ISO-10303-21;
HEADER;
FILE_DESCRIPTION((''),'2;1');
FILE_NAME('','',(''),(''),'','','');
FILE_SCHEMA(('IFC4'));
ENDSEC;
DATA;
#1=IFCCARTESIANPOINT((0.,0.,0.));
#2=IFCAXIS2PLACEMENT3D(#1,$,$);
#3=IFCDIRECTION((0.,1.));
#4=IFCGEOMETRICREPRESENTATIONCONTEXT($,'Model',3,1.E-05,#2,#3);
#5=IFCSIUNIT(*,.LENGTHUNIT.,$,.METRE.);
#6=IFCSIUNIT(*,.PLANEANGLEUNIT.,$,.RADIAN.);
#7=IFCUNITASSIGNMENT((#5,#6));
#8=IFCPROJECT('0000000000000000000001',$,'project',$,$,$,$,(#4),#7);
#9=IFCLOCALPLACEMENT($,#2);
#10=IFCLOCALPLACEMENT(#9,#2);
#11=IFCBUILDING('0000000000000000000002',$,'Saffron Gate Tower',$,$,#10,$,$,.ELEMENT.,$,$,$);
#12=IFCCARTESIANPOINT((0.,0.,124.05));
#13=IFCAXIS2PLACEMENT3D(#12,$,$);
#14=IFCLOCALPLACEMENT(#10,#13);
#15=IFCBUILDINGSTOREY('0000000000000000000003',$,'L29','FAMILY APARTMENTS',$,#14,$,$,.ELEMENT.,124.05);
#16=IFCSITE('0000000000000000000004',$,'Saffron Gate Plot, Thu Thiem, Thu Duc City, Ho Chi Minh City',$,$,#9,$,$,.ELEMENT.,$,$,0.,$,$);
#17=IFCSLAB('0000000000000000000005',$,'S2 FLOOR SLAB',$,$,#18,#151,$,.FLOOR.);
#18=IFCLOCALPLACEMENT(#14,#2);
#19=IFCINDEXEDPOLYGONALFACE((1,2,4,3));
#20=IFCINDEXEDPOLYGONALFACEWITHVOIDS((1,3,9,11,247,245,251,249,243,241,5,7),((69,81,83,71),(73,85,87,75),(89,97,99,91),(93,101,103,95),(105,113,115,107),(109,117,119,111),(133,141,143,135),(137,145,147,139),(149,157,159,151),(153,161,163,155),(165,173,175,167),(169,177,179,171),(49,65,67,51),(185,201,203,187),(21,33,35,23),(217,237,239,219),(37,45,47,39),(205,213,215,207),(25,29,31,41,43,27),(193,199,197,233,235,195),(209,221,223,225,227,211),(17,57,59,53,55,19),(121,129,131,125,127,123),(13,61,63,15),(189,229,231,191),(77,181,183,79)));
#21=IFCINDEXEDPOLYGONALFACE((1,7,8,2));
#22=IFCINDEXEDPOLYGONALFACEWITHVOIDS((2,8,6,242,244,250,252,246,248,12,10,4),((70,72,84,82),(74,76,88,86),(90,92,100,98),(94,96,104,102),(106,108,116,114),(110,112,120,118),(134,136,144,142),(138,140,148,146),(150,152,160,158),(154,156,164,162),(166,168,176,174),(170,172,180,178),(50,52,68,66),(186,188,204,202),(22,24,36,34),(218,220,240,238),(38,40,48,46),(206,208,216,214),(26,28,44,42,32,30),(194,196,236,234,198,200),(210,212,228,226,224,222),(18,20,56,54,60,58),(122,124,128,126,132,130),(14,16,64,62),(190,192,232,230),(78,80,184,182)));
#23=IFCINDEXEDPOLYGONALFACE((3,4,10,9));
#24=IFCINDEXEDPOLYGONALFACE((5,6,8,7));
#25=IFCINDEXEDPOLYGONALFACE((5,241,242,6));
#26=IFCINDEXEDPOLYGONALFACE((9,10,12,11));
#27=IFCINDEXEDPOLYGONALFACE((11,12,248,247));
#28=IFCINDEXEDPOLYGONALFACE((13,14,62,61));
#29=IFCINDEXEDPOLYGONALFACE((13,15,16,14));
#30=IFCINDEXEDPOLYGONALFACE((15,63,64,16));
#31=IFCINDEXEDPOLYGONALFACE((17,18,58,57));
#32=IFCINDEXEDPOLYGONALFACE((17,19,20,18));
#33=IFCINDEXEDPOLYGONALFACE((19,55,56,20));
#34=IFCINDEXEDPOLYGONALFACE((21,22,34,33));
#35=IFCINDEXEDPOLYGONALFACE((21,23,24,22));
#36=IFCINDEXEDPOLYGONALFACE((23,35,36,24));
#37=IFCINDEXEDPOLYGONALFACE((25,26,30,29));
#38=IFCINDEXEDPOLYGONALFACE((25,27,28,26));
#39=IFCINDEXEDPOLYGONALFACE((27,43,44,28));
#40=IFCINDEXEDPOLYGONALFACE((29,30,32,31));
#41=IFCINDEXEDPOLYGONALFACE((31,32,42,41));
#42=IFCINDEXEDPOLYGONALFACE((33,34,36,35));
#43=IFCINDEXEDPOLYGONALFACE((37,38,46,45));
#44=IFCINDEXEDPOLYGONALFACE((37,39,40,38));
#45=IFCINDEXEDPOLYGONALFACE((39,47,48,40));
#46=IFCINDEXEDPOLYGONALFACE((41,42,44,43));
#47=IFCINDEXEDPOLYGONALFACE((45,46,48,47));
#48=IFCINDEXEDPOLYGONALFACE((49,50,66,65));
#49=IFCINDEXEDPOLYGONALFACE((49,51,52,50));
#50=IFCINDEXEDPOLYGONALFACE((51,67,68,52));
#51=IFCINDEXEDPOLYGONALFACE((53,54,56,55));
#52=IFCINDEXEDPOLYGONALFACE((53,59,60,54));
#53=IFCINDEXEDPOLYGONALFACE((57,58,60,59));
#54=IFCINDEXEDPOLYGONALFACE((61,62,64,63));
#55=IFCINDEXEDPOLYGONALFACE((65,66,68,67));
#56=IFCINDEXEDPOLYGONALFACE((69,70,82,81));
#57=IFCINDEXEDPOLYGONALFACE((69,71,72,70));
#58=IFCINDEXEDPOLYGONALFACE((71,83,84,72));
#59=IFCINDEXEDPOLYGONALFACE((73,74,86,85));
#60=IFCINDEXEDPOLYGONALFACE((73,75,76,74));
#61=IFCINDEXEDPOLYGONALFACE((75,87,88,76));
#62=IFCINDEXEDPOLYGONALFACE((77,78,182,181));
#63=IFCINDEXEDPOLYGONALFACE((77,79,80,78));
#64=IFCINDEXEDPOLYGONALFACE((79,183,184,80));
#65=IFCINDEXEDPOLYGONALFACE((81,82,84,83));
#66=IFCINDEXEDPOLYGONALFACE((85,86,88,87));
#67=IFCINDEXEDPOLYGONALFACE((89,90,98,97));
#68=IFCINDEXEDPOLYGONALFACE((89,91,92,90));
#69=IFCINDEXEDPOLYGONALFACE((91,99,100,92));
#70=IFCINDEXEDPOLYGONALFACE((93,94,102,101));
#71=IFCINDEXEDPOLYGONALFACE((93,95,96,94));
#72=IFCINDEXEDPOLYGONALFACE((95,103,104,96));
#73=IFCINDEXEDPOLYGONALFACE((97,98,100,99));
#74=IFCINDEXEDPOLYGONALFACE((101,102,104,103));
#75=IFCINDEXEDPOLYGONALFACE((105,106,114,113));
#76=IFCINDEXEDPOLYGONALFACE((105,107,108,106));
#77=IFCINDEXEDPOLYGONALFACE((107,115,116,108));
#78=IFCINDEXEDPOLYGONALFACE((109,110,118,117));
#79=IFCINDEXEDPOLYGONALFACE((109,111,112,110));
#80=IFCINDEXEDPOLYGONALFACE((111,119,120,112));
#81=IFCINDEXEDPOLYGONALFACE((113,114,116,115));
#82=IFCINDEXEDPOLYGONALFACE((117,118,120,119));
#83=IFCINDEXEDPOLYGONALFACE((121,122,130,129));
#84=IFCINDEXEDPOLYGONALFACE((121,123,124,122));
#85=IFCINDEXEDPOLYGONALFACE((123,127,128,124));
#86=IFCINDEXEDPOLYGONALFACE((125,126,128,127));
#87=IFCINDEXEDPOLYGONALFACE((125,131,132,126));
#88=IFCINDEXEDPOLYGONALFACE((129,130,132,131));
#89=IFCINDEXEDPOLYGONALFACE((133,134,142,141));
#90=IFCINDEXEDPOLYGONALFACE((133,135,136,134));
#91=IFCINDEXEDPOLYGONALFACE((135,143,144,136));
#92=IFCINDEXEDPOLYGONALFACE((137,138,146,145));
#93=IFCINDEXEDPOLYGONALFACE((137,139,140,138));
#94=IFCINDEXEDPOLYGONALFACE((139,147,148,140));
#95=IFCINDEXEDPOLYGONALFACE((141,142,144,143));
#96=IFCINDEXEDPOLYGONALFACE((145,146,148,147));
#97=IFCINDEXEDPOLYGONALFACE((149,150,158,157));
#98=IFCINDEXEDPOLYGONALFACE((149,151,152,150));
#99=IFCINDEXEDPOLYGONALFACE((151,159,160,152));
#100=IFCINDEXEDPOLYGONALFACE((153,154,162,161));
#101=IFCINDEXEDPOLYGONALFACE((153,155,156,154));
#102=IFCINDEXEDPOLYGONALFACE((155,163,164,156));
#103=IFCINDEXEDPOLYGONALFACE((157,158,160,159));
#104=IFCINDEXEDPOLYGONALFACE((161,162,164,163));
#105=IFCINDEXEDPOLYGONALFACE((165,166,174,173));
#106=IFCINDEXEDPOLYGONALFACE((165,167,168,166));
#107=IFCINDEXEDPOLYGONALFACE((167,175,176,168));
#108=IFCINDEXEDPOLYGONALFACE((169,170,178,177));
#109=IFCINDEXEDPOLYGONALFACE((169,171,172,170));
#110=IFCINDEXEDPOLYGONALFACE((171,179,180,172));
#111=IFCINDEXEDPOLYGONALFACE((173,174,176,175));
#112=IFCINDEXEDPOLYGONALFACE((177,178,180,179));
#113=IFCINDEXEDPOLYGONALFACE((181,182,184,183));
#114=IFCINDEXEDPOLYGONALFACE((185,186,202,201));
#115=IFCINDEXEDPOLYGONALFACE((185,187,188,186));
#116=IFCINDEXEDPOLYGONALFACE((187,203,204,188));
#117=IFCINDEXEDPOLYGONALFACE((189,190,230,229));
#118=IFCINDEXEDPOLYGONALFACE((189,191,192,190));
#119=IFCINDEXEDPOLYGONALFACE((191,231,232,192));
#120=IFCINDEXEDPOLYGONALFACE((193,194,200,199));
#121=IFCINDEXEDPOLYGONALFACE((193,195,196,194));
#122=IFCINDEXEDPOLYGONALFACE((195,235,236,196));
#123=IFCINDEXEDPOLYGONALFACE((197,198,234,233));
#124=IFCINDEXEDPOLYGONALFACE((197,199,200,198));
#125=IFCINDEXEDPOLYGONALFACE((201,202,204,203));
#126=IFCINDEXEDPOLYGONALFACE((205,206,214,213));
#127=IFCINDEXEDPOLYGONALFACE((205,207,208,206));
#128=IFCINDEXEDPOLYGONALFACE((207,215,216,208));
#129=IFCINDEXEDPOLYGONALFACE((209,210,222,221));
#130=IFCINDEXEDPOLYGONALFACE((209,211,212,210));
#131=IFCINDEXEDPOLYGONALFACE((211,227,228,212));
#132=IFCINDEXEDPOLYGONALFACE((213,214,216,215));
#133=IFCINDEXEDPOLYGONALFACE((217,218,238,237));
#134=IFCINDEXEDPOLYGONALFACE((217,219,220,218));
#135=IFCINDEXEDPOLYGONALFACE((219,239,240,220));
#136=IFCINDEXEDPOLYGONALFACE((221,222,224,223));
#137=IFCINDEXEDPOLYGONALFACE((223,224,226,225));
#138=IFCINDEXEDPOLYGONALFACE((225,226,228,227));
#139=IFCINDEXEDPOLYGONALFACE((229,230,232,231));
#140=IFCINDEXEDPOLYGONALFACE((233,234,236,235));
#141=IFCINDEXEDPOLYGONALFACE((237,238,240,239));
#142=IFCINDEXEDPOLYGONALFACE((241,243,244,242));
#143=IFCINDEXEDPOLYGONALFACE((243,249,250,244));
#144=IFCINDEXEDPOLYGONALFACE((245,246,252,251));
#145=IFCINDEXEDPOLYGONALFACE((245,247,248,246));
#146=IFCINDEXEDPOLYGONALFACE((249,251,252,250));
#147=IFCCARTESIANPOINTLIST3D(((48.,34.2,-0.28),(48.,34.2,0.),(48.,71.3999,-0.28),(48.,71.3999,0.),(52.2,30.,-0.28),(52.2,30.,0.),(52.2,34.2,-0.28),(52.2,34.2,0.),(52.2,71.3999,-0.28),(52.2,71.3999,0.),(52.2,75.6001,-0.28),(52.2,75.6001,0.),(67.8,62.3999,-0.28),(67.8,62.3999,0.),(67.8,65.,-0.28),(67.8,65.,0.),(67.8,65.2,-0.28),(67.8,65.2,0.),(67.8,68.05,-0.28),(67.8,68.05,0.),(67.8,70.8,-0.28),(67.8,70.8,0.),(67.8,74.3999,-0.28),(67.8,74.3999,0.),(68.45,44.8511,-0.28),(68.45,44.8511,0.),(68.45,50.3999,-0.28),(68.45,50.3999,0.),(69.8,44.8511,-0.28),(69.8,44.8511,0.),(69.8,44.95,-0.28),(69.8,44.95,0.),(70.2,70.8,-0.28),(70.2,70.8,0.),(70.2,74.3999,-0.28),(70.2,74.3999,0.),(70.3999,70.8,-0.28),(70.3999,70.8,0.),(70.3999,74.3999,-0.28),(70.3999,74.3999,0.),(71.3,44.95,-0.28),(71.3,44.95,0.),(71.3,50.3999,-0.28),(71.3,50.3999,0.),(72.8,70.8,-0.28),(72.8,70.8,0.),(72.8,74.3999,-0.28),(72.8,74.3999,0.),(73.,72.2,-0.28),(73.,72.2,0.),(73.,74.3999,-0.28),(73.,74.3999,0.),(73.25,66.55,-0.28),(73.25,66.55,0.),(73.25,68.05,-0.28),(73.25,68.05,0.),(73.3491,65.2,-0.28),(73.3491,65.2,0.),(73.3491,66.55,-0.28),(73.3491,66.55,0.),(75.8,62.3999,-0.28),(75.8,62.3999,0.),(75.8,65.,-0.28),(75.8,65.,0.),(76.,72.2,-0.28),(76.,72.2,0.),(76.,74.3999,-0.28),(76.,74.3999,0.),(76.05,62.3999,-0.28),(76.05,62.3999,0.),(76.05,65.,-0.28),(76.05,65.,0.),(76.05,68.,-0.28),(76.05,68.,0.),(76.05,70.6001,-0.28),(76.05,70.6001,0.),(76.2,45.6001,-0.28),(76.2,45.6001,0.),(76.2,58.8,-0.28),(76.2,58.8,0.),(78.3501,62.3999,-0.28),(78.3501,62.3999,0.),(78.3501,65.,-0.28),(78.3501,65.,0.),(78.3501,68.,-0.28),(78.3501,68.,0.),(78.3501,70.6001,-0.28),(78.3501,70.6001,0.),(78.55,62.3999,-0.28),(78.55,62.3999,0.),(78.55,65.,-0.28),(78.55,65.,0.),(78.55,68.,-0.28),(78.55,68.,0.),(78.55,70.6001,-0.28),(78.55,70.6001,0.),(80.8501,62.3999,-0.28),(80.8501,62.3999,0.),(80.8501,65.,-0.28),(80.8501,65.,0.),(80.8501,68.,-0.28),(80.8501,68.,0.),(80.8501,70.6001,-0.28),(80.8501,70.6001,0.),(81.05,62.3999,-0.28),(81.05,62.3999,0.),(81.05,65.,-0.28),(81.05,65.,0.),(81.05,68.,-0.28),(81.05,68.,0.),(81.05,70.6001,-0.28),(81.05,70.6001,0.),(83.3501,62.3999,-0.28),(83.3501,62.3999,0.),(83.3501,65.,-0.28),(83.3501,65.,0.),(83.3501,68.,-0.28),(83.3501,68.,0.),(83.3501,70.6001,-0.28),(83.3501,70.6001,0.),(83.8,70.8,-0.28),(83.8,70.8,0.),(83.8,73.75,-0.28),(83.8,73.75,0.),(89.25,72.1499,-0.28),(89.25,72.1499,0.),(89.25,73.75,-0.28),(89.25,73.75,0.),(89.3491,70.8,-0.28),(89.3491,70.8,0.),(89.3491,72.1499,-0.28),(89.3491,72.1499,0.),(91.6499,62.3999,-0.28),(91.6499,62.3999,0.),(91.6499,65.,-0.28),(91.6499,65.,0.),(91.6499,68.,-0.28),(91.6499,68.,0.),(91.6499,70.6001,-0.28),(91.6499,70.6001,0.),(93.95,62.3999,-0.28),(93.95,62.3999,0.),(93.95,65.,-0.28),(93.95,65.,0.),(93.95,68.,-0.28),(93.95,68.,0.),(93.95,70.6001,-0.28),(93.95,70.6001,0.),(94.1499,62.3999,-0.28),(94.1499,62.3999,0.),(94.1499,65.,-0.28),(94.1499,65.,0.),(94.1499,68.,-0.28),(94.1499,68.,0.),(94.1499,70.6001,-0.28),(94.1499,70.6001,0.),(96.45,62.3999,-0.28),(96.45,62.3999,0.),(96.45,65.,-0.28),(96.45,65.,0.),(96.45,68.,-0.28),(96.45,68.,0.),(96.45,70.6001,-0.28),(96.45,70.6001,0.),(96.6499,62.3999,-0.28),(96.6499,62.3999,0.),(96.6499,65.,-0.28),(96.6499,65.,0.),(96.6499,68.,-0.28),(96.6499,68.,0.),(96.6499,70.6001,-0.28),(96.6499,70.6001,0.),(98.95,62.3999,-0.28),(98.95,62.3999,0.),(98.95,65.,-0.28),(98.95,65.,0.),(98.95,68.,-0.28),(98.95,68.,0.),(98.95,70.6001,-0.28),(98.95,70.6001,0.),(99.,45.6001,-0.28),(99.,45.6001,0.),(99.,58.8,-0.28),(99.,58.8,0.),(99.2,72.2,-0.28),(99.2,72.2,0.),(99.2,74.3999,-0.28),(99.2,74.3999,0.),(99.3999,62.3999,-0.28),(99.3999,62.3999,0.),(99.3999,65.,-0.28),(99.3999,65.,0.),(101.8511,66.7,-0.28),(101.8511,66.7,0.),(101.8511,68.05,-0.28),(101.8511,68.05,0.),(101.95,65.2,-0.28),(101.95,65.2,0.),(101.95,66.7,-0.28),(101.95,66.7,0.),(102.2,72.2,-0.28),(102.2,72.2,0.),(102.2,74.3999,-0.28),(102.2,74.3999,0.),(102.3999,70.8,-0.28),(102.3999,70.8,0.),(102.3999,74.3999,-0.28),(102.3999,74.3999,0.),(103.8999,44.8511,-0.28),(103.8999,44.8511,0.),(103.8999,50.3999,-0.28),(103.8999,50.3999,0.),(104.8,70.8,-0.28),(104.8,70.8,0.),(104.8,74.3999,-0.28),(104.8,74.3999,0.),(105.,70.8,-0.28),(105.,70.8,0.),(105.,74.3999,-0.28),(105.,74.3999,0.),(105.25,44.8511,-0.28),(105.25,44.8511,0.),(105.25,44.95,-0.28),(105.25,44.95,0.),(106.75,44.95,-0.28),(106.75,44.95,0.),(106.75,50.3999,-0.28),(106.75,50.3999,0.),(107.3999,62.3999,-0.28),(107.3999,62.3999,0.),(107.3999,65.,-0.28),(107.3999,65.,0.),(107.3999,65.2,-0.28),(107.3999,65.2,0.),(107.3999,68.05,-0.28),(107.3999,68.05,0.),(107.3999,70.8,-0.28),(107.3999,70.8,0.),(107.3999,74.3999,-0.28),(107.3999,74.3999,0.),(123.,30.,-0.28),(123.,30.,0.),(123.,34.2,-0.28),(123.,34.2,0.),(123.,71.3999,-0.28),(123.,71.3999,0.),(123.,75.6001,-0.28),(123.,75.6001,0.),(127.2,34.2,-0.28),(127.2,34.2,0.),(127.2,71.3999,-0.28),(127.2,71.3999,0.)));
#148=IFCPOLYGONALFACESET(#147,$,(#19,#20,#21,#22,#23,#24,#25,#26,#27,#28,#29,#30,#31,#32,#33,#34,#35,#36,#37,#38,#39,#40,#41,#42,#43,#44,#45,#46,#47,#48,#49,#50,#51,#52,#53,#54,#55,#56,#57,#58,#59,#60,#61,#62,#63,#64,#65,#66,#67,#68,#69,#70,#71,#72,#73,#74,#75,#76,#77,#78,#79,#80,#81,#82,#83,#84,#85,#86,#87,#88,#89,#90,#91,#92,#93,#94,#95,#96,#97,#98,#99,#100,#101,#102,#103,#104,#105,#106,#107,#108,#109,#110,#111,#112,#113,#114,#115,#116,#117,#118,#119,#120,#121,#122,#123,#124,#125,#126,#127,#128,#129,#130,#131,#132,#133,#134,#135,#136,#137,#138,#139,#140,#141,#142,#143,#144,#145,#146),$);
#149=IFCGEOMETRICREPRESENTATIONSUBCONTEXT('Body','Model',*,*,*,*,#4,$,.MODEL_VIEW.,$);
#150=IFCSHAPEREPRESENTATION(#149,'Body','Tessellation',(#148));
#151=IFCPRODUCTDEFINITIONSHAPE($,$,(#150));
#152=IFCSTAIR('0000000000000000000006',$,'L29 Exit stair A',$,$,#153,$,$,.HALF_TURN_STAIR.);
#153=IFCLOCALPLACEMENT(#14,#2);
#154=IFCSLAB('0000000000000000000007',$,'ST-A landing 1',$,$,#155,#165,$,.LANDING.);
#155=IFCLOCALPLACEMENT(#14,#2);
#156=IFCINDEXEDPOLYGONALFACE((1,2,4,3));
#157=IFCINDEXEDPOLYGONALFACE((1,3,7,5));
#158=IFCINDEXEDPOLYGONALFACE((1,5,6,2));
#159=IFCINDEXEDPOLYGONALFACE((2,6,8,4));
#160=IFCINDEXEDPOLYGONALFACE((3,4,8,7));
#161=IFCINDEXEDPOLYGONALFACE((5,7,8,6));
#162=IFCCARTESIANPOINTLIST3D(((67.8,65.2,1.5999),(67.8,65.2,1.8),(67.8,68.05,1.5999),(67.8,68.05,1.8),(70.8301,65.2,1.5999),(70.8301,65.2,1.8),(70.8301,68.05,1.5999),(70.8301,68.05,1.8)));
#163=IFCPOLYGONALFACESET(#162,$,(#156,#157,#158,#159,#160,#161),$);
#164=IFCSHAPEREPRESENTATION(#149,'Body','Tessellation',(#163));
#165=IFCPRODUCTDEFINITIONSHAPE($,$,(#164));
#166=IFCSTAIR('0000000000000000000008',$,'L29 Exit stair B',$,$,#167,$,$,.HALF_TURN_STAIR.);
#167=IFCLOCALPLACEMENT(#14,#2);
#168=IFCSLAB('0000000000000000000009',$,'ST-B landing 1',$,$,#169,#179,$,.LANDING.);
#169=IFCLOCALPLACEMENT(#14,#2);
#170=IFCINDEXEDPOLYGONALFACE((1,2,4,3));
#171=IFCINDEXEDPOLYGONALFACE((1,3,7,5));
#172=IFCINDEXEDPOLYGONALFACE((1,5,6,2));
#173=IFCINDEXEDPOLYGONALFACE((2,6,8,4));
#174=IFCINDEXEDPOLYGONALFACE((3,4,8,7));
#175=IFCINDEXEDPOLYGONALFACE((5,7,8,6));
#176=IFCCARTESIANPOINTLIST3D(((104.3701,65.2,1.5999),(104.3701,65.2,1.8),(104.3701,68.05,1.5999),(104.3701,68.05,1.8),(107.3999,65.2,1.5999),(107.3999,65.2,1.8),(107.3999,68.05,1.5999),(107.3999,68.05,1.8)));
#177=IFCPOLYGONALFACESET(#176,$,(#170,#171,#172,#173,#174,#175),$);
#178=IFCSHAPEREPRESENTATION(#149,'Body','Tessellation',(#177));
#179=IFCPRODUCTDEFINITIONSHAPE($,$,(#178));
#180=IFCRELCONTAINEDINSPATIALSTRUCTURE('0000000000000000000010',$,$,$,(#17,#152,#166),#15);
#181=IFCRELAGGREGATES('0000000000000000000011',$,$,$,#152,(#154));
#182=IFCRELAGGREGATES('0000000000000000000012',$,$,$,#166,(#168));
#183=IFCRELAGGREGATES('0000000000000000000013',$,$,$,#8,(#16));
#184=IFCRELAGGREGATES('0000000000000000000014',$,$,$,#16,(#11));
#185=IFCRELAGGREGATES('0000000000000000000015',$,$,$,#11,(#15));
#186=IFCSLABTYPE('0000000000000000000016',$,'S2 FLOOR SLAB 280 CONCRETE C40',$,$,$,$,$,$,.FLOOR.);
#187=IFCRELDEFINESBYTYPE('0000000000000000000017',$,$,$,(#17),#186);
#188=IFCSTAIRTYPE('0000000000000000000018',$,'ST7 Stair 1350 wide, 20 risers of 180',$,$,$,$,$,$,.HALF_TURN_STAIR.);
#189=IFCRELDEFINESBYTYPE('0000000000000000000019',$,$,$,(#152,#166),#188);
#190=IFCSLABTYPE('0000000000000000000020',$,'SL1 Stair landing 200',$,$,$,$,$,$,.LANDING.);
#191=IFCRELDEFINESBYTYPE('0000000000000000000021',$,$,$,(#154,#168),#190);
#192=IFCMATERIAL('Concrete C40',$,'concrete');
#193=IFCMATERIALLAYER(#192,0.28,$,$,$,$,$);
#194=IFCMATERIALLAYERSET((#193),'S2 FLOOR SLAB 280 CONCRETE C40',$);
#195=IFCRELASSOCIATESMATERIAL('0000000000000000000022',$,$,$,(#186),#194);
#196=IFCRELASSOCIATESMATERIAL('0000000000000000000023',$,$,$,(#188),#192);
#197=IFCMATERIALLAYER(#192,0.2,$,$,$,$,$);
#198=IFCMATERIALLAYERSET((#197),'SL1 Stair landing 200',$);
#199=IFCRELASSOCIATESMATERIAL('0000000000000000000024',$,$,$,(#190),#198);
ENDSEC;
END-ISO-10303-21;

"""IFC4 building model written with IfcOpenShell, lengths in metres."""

from ifc_helpers import new_model, si_unit, direction, frame, origin, place, context, subcontext, project, spatial, polyline, outline, extrude, material, layer, layer_set, type_object, element, aggregate, save


model = new_model("IFC4")

# Units and contexts
model_context = context("Model", 3, precision=1e-05, world=origin(), true_north=direction((0.0, 1.0)))
body_context = subcontext(model_context, "Body", "Model", "MODEL_VIEW")
ifc_project = project(units=[si_unit("LENGTHUNIT", "METRE"), si_unit("PLANEANGLEUNIT", "RADIAN")], contexts=[model_context])

# Site, building, storey
site_placement = place(None, origin())
site = spatial("IfcSite", under=ifc_project, at=site_placement, Name="Saffron Gate Plot, Thu Thiem, Thu Duc City, Ho Chi Minh City", CompositionType="ELEMENT", RefElevation=0.0)
building_placement = place(site_placement, origin())
building = spatial("IfcBuilding", under=site, at=building_placement, Name="Saffron Gate Tower", CompositionType="ELEMENT")
storey_placement = place(building_placement, frame((0.0, 0.0, 124.05)))
storey = spatial("IfcBuildingStorey", under=building, at=storey_placement, Name="L29", Description="FAMILY APARTMENTS", CompositionType="ELEMENT", Elevation=124.05)

# Slab
ifc_material_1 = material(Name="Concrete C40", Category="concrete")
ifc_layer_1 = layer(ifc_material_1, 0.28)
ifc_layer_set_1 = layer_set([ifc_layer_1], Name="S2 FLOOR SLAB 280 CONCRETE C40")
slab_type_1 = type_object("IfcSlabType", Name="S2 FLOOR SLAB 280 CONCRETE C40", PredefinedType="FLOOR", material=ifc_layer_set_1)
slab_1_placement = place(storey_placement, frame((0.0, 0.0, -0.28)))
element("IfcSlab", 1, at=slab_1_placement, inside=storey, type_object=slab_type_1, Name="S2 FLOOR SLAB", PredefinedType="FLOOR", context=body_context, shape_type="SweptSolid", body=[
    extrude(outline(polyline([(48.0, 34.2), (52.2, 34.2), (52.2, 30.0), (123.0, 30.0), (123.0, 34.2), (127.2, 34.2), (127.2, 71.3999), (123.0, 71.3999), (123.0, 75.6001), (52.2, 75.6001), (52.2, 71.3999), (48.0, 71.3999), (48.0, 34.2)]), holes=[polyline([(67.8, 62.3999), (67.8, 65.0), (75.8, 65.0), (75.8, 62.3999), (67.8, 62.3999)]), polyline([(67.8, 65.2), (67.8, 68.05), (73.25, 68.05), (73.25, 66.55), (73.3491, 66.55), (73.3491, 65.2), (67.8, 65.2)]), polyline([(67.8, 70.8), (67.8, 74.3999), (70.2, 74.3999), (70.2, 70.8), (67.8, 70.8)]), polyline([(68.45, 44.8511), (68.45, 50.3999), (71.3, 50.3999), (71.3, 44.95), (69.8, 44.95), (69.8, 44.8511), (68.45, 44.8511)]), polyline([(70.3999, 70.8), (70.3999, 74.3999), (72.8, 74.3999), (72.8, 70.8), (70.3999, 70.8)]), polyline([(73.0, 72.2), (73.0, 74.3999), (76.0, 74.3999), (76.0, 72.2), (73.0, 72.2)]), polyline([(76.05, 62.3999), (76.05, 65.0), (78.3501, 65.0), (78.3501, 62.3999), (76.05, 62.3999)]), polyline([(76.05, 68.0), (76.05, 70.6001), (78.3501, 70.6001), (78.3501, 68.0), (76.05, 68.0)]), polyline([(76.2, 45.6001), (76.2, 58.8), (99.0, 58.8), (99.0, 45.6001), (76.2, 45.6001)]), polyline([(78.55, 62.3999), (78.55, 65.0), (80.8501, 65.0), (80.8501, 62.3999), (78.55, 62.3999)]), polyline([(78.55, 68.0), (78.55, 70.6001), (80.8501, 70.6001), (80.8501, 68.0), (78.55, 68.0)]), polyline([(81.05, 62.3999), (81.05, 65.0), (83.3501, 65.0), (83.3501, 62.3999), (81.05, 62.3999)]), polyline([(81.05, 68.0), (81.05, 70.6001), (83.3501, 70.6001), (83.3501, 68.0), (81.05, 68.0)]), polyline([(83.8, 70.8), (83.8, 73.75), (89.25, 73.75), (89.25, 72.1499), (89.3491, 72.1499), (89.3491, 70.8), (83.8, 70.8)]), polyline([(91.6499, 62.3999), (91.6499, 65.0), (93.95, 65.0), (93.95, 62.3999), (91.6499, 62.3999)]), polyline([(91.6499, 68.0), (91.6499, 70.6001), (93.95, 70.6001), (93.95, 68.0), (91.6499, 68.0)]), polyline([(94.1499, 62.3999), (94.1499, 65.0), (96.45, 65.0), (96.45, 62.3999), (94.1499, 62.3999)]), polyline([(94.1499, 68.0), (94.1499, 70.6001), (96.45, 70.6001), (96.45, 68.0), (94.1499, 68.0)]), polyline([(96.6499, 62.3999), (96.6499, 65.0), (98.95, 65.0), (98.95, 62.3999), (96.6499, 62.3999)]), polyline([(96.6499, 68.0), (96.6499, 70.6001), (98.95, 70.6001), (98.95, 68.0), (96.6499, 68.0)]), polyline([(99.2, 72.2), (99.2, 74.3999), (102.2, 74.3999), (102.2, 72.2), (99.2, 72.2)]), polyline([(99.3999, 62.3999), (99.3999, 65.0), (107.3999, 65.0), (107.3999, 62.3999), (99.3999, 62.3999)]), polyline([(101.8511, 66.7), (101.8511, 68.05), (107.3999, 68.05), (107.3999, 65.2), (101.95, 65.2), (101.95, 66.7), (101.8511, 66.7)]), polyline([(102.3999, 70.8), (102.3999, 74.3999), (104.8, 74.3999), (104.8, 70.8), (102.3999, 70.8)]), polyline([(103.8999, 44.8511), (103.8999, 50.3999), (106.75, 50.3999), (106.75, 44.95), (105.25, 44.95), (105.25, 44.8511), (103.8999, 44.8511)]), polyline([(105.0, 70.8), (105.0, 74.3999), (107.3999, 74.3999), (107.3999, 70.8), (105.0, 70.8)])]), origin(), (0.0, 0.0, 1.0), 0.28),
])

# Stairs, slabs
stair_type = type_object("IfcStairType", Name="ST7 Stair 1350 wide, 20 risers of 180", PredefinedType="HALF_TURN_STAIR", material=ifc_material_1)
stair_1_placement = place(storey_placement, origin())
stair_1 = element("IfcStair", 2, at=stair_1_placement, inside=storey, type_object=stair_type, Name="L29 Exit stair A", PredefinedType="HALF_TURN_STAIR")
ifc_layer_2 = layer(ifc_material_1, 0.2)
ifc_layer_set_2 = layer_set([ifc_layer_2], Name="SL1 Stair landing 200")
slab_type_2 = type_object("IfcSlabType", Name="SL1 Stair landing 200", PredefinedType="LANDING", material=ifc_layer_set_2)
slab_2_placement = place(storey_placement, frame((0.0, 0.0, 1.5999)))
slab_2 = element("IfcSlab", 3, at=slab_2_placement, type_object=slab_type_2, Name="ST-A landing 1", PredefinedType="LANDING", context=body_context, shape_type="SweptSolid", body=[
    extrude(outline(polyline([(70.8301, 68.05), (67.8, 68.05), (67.8, 65.2), (70.8301, 65.2), (70.8301, 68.05)])), origin(), (0.0, 0.0, 1.0), 0.2002),
])
aggregate(stair_1, [slab_2])
stair_2_placement = place(storey_placement, origin())
stair_2 = element("IfcStair", 4, at=stair_2_placement, inside=storey, type_object=stair_type, Name="L29 Exit stair B", PredefinedType="HALF_TURN_STAIR")
slab_3_placement = place(storey_placement, frame((0.0, 0.0, 1.5999)))
slab_3 = element("IfcSlab", 5, at=slab_3_placement, type_object=slab_type_2, Name="ST-B landing 1", PredefinedType="LANDING", context=body_context, shape_type="SweptSolid", body=[
    extrude(outline(polyline([(104.3701, 65.2), (107.3999, 65.2), (107.3999, 68.05), (104.3701, 68.05), (104.3701, 65.2)])), origin(), (0.0, 0.0, 1.0), 0.2002),
])
aggregate(stair_2, [slab_3])

save(model, "model.ifc")
